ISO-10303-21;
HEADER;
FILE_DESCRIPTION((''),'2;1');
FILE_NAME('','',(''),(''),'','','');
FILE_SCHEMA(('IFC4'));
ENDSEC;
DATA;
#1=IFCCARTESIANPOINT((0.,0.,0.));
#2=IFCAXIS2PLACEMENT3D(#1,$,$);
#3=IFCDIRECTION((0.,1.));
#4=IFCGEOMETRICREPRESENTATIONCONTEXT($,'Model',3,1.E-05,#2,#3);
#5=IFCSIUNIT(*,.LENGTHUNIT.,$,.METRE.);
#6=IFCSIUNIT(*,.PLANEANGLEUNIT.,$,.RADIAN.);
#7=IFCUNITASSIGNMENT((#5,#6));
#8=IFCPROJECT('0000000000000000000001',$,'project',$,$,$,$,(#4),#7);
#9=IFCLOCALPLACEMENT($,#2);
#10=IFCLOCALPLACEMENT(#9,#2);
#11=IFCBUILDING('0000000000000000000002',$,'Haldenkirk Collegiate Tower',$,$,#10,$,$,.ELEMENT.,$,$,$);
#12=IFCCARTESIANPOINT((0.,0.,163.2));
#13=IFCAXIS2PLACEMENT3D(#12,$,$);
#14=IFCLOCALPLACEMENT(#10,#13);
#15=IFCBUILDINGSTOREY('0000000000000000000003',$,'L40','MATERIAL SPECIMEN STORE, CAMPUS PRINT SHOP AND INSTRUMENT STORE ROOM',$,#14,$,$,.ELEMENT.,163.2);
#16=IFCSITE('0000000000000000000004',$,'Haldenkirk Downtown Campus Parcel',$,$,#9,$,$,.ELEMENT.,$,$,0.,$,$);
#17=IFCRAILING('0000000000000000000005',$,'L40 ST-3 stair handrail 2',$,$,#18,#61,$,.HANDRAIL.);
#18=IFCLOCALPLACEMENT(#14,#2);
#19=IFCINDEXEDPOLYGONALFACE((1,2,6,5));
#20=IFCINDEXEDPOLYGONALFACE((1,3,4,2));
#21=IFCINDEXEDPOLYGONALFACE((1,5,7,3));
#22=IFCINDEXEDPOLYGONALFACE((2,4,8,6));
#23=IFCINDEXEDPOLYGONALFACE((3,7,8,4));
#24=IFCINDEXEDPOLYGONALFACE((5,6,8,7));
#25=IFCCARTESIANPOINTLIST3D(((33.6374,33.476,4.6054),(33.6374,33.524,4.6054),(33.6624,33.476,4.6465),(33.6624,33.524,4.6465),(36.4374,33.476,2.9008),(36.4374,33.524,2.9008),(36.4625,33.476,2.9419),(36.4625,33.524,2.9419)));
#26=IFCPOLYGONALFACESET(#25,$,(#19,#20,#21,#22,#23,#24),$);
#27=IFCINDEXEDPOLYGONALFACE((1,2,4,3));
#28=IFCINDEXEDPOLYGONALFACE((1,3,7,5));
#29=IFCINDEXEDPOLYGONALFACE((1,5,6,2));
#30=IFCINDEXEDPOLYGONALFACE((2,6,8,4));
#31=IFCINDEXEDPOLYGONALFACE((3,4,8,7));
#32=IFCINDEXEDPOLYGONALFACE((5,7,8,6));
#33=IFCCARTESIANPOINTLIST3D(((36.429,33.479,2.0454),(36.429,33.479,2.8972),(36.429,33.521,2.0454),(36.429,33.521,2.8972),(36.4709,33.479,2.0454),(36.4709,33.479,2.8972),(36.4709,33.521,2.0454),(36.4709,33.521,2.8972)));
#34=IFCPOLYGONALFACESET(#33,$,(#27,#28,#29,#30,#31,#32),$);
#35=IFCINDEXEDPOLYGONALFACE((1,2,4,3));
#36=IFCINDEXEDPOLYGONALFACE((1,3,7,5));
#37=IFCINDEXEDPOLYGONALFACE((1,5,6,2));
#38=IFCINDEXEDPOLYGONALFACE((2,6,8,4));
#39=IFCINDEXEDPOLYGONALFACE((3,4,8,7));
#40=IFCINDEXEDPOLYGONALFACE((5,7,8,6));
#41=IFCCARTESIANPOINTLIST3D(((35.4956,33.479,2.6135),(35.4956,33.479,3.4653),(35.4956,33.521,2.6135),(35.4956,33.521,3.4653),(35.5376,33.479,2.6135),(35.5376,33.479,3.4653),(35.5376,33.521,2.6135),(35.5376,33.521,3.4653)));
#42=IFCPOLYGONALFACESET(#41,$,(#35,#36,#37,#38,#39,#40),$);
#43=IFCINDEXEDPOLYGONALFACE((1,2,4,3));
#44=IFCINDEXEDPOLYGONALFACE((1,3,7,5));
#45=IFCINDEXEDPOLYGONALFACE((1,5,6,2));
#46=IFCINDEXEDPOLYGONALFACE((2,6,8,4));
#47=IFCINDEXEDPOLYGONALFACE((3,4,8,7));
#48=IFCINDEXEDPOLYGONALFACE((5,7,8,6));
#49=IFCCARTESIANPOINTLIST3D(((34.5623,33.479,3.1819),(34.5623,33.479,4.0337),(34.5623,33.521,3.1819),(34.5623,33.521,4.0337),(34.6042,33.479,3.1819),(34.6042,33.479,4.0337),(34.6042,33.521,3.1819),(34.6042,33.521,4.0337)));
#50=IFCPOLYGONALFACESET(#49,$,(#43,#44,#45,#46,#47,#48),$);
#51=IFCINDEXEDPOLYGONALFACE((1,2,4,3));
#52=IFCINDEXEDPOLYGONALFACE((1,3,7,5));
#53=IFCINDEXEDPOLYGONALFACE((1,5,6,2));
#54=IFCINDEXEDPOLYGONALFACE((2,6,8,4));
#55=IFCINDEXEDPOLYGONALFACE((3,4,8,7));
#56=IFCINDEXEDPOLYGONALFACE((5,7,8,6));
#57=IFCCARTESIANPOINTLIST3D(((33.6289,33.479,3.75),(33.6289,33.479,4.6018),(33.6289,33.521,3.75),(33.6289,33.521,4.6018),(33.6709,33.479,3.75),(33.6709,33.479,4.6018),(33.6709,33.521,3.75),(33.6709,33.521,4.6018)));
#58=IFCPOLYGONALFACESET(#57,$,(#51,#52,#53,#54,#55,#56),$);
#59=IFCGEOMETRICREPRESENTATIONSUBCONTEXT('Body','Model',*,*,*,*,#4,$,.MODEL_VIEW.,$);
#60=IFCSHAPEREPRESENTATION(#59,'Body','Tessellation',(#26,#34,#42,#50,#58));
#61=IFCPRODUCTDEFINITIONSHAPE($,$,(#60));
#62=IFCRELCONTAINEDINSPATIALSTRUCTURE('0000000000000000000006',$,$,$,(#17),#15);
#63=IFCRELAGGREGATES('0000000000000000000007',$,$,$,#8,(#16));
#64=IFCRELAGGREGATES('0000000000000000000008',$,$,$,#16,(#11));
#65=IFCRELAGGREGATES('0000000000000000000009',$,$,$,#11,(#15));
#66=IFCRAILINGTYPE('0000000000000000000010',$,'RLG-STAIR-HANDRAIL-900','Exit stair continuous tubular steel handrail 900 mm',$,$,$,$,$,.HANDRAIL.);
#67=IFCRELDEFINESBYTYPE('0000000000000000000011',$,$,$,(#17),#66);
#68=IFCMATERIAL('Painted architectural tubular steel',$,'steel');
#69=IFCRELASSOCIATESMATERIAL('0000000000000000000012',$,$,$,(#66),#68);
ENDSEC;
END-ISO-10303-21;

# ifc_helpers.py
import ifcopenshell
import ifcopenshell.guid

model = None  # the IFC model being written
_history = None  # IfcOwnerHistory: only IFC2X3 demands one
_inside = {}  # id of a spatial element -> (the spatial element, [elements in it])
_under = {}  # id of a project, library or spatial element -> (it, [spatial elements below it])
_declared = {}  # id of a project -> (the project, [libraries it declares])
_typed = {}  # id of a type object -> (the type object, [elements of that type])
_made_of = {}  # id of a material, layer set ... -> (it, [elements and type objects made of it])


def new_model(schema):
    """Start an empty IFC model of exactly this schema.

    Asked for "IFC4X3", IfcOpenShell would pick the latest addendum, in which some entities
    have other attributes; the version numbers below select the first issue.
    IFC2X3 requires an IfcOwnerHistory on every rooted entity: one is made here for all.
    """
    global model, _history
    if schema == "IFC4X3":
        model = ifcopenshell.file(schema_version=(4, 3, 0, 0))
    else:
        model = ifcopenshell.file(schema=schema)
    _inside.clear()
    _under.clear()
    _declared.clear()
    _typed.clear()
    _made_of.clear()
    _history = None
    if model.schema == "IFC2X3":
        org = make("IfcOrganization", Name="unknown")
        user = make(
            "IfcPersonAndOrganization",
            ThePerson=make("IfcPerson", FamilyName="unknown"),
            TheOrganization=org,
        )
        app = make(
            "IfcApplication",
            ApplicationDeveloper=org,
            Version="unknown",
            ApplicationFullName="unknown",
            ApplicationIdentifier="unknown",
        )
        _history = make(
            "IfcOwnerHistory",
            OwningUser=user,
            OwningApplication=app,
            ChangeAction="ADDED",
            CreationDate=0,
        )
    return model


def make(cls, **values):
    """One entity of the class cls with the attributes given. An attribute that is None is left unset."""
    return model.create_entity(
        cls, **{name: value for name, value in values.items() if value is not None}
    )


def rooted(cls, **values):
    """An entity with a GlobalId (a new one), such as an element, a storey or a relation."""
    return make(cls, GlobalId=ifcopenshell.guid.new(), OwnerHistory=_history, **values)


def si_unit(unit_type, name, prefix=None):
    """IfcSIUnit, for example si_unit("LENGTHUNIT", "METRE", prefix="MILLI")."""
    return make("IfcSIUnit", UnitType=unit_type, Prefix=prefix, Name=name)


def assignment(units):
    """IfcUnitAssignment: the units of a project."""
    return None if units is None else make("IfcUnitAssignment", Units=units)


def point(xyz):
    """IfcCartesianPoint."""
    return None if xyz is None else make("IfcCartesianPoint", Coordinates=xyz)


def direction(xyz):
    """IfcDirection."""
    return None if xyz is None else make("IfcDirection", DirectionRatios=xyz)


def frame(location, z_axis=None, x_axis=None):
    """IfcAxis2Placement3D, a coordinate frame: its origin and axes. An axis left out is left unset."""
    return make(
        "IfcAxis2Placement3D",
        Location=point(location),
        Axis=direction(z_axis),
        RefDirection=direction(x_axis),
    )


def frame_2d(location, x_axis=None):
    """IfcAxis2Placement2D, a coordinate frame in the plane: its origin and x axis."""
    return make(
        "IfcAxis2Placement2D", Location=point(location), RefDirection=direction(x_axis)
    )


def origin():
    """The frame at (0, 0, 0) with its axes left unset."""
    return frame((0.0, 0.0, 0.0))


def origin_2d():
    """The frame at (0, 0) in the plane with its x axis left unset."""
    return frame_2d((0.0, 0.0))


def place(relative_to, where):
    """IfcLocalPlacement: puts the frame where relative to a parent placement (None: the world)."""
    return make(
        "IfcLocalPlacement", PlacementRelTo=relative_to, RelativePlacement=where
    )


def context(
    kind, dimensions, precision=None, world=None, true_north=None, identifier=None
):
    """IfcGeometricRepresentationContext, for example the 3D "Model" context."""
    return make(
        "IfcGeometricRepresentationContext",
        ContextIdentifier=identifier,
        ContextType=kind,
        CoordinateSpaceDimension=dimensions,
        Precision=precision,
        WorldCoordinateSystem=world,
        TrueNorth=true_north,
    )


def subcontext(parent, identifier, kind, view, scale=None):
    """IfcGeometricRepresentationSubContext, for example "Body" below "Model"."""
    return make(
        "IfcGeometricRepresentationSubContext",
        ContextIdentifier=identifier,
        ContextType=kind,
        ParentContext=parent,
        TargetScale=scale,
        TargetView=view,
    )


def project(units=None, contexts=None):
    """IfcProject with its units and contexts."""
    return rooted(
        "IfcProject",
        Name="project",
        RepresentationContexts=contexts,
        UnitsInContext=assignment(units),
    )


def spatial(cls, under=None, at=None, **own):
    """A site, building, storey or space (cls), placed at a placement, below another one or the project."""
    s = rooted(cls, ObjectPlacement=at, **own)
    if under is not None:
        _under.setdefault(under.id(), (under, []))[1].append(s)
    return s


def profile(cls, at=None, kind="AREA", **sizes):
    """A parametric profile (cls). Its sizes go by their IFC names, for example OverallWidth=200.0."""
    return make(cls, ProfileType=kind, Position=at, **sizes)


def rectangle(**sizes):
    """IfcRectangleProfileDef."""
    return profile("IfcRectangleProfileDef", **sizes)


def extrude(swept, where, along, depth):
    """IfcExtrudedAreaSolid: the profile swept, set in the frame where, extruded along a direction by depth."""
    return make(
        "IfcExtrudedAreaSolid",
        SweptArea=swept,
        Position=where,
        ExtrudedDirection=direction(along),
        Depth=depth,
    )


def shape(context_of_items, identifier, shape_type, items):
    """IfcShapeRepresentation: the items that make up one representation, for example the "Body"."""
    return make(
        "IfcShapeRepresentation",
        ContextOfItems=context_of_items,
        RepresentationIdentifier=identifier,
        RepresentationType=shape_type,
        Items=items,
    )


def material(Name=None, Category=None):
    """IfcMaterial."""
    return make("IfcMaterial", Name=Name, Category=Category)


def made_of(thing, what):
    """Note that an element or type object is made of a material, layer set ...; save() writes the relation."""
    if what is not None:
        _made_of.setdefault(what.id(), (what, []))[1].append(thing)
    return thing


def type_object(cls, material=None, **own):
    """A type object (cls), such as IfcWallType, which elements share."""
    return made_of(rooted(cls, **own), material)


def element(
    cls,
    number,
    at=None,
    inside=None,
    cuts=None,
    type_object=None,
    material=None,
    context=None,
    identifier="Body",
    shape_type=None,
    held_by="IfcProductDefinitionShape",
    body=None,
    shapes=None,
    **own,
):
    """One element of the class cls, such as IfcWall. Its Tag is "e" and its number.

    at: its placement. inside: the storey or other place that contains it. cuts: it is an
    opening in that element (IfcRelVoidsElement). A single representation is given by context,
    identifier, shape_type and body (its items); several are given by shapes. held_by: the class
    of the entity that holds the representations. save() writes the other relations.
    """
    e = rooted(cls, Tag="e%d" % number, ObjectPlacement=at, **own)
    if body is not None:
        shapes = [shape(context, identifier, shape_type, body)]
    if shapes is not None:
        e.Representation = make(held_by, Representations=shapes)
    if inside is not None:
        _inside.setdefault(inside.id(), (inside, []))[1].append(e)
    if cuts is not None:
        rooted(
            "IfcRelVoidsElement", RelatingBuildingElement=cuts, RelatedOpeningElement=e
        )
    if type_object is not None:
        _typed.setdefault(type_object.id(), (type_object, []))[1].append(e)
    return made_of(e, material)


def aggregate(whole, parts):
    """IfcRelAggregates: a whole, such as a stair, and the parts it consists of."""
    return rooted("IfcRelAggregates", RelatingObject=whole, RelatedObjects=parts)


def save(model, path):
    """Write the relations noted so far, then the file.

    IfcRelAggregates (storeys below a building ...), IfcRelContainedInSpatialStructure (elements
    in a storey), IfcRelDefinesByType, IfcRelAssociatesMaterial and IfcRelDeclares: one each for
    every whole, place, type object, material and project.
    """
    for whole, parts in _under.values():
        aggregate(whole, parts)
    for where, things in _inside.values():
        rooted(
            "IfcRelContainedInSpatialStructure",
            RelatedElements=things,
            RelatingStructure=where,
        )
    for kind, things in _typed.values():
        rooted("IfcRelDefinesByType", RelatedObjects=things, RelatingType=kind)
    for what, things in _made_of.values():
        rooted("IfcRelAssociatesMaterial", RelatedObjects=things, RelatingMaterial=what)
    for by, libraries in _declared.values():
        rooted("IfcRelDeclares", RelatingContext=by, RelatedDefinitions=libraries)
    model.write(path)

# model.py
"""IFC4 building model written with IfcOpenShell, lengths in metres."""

from ifc_helpers import new_model, si_unit, direction, frame, origin, origin_2d, place, context, subcontext, project, spatial, rectangle, extrude, material, type_object, element, save


model = new_model("IFC4")

# Units and contexts
model_context = context("Model", 3, precision=1e-05, world=origin(), true_north=direction((0.0, 1.0)))
body_context = subcontext(model_context, "Body", "Model", "MODEL_VIEW")
ifc_project = project(units=[si_unit("LENGTHUNIT", "METRE"), si_unit("PLANEANGLEUNIT", "RADIAN")], contexts=[model_context])

# Site, building, storey
site_placement = place(None, origin())
site = spatial("IfcSite", under=ifc_project, at=site_placement, Name="Haldenkirk Downtown Campus Parcel", CompositionType="ELEMENT", RefElevation=0.0)
building_placement = place(site_placement, origin())
building = spatial("IfcBuilding", under=site, at=building_placement, Name="Haldenkirk Collegiate Tower", CompositionType="ELEMENT")
storey_placement = place(building_placement, frame((0.0, 0.0, 163.2)))
storey = spatial("IfcBuildingStorey", under=building, at=storey_placement, Name="L40", Description="MATERIAL SPECIMEN STORE, CAMPUS PRINT SHOP AND INSTRUMENT STORE ROOM", CompositionType="ELEMENT", Elevation=163.2)

# Railing
ifc_material_1 = material(Name="Painted architectural tubular steel", Category="steel")
railing_type_1 = type_object("IfcRailingType", Name="RLG-STAIR-HANDRAIL-900", Description="Exit stair continuous tubular steel handrail 900 mm", PredefinedType="HANDRAIL", material=ifc_material_1)
railing_1_placement = place(storey_placement, frame((36.45, 33.5, 2.0454)))
element("IfcRailing", 1, at=railing_1_placement, inside=storey, type_object=railing_type_1, Name="L40 ST-3 stair handrail 2", PredefinedType="HANDRAIL", context=body_context, shape_type="SweptSolid", body=[
    extrude(rectangle(XDim=0.0481, YDim=0.0481, at=origin_2d()), frame((0.0, 0.0, 0.876), z_axis=(-0.85417, 0.0, 0.519994), x_axis=(0.0, -1.0, 0.0)), (0.0, 0.0, 1.0), 3.2781),
    extrude(rectangle(XDim=0.042, YDim=0.042, at=origin_2d()), origin(), (0.0, 0.0, 1.0), 0.8518),
    extrude(rectangle(XDim=0.042, YDim=0.042, at=origin_2d()), frame((-0.9333, 0.0, 0.5681)), (0.0, 0.0, 1.0), 0.8518),
    extrude(rectangle(XDim=0.042, YDim=0.042, at=origin_2d()), frame((-1.8667, 0.0, 1.1365)), (0.0, 0.0, 1.0), 0.8518),
    extrude(rectangle(XDim=0.042, YDim=0.042, at=origin_2d()), frame((-2.8, 0.0, 1.7046)), (0.0, 0.0, 1.0), 0.8518),
])

save(model, "model.ifc")
